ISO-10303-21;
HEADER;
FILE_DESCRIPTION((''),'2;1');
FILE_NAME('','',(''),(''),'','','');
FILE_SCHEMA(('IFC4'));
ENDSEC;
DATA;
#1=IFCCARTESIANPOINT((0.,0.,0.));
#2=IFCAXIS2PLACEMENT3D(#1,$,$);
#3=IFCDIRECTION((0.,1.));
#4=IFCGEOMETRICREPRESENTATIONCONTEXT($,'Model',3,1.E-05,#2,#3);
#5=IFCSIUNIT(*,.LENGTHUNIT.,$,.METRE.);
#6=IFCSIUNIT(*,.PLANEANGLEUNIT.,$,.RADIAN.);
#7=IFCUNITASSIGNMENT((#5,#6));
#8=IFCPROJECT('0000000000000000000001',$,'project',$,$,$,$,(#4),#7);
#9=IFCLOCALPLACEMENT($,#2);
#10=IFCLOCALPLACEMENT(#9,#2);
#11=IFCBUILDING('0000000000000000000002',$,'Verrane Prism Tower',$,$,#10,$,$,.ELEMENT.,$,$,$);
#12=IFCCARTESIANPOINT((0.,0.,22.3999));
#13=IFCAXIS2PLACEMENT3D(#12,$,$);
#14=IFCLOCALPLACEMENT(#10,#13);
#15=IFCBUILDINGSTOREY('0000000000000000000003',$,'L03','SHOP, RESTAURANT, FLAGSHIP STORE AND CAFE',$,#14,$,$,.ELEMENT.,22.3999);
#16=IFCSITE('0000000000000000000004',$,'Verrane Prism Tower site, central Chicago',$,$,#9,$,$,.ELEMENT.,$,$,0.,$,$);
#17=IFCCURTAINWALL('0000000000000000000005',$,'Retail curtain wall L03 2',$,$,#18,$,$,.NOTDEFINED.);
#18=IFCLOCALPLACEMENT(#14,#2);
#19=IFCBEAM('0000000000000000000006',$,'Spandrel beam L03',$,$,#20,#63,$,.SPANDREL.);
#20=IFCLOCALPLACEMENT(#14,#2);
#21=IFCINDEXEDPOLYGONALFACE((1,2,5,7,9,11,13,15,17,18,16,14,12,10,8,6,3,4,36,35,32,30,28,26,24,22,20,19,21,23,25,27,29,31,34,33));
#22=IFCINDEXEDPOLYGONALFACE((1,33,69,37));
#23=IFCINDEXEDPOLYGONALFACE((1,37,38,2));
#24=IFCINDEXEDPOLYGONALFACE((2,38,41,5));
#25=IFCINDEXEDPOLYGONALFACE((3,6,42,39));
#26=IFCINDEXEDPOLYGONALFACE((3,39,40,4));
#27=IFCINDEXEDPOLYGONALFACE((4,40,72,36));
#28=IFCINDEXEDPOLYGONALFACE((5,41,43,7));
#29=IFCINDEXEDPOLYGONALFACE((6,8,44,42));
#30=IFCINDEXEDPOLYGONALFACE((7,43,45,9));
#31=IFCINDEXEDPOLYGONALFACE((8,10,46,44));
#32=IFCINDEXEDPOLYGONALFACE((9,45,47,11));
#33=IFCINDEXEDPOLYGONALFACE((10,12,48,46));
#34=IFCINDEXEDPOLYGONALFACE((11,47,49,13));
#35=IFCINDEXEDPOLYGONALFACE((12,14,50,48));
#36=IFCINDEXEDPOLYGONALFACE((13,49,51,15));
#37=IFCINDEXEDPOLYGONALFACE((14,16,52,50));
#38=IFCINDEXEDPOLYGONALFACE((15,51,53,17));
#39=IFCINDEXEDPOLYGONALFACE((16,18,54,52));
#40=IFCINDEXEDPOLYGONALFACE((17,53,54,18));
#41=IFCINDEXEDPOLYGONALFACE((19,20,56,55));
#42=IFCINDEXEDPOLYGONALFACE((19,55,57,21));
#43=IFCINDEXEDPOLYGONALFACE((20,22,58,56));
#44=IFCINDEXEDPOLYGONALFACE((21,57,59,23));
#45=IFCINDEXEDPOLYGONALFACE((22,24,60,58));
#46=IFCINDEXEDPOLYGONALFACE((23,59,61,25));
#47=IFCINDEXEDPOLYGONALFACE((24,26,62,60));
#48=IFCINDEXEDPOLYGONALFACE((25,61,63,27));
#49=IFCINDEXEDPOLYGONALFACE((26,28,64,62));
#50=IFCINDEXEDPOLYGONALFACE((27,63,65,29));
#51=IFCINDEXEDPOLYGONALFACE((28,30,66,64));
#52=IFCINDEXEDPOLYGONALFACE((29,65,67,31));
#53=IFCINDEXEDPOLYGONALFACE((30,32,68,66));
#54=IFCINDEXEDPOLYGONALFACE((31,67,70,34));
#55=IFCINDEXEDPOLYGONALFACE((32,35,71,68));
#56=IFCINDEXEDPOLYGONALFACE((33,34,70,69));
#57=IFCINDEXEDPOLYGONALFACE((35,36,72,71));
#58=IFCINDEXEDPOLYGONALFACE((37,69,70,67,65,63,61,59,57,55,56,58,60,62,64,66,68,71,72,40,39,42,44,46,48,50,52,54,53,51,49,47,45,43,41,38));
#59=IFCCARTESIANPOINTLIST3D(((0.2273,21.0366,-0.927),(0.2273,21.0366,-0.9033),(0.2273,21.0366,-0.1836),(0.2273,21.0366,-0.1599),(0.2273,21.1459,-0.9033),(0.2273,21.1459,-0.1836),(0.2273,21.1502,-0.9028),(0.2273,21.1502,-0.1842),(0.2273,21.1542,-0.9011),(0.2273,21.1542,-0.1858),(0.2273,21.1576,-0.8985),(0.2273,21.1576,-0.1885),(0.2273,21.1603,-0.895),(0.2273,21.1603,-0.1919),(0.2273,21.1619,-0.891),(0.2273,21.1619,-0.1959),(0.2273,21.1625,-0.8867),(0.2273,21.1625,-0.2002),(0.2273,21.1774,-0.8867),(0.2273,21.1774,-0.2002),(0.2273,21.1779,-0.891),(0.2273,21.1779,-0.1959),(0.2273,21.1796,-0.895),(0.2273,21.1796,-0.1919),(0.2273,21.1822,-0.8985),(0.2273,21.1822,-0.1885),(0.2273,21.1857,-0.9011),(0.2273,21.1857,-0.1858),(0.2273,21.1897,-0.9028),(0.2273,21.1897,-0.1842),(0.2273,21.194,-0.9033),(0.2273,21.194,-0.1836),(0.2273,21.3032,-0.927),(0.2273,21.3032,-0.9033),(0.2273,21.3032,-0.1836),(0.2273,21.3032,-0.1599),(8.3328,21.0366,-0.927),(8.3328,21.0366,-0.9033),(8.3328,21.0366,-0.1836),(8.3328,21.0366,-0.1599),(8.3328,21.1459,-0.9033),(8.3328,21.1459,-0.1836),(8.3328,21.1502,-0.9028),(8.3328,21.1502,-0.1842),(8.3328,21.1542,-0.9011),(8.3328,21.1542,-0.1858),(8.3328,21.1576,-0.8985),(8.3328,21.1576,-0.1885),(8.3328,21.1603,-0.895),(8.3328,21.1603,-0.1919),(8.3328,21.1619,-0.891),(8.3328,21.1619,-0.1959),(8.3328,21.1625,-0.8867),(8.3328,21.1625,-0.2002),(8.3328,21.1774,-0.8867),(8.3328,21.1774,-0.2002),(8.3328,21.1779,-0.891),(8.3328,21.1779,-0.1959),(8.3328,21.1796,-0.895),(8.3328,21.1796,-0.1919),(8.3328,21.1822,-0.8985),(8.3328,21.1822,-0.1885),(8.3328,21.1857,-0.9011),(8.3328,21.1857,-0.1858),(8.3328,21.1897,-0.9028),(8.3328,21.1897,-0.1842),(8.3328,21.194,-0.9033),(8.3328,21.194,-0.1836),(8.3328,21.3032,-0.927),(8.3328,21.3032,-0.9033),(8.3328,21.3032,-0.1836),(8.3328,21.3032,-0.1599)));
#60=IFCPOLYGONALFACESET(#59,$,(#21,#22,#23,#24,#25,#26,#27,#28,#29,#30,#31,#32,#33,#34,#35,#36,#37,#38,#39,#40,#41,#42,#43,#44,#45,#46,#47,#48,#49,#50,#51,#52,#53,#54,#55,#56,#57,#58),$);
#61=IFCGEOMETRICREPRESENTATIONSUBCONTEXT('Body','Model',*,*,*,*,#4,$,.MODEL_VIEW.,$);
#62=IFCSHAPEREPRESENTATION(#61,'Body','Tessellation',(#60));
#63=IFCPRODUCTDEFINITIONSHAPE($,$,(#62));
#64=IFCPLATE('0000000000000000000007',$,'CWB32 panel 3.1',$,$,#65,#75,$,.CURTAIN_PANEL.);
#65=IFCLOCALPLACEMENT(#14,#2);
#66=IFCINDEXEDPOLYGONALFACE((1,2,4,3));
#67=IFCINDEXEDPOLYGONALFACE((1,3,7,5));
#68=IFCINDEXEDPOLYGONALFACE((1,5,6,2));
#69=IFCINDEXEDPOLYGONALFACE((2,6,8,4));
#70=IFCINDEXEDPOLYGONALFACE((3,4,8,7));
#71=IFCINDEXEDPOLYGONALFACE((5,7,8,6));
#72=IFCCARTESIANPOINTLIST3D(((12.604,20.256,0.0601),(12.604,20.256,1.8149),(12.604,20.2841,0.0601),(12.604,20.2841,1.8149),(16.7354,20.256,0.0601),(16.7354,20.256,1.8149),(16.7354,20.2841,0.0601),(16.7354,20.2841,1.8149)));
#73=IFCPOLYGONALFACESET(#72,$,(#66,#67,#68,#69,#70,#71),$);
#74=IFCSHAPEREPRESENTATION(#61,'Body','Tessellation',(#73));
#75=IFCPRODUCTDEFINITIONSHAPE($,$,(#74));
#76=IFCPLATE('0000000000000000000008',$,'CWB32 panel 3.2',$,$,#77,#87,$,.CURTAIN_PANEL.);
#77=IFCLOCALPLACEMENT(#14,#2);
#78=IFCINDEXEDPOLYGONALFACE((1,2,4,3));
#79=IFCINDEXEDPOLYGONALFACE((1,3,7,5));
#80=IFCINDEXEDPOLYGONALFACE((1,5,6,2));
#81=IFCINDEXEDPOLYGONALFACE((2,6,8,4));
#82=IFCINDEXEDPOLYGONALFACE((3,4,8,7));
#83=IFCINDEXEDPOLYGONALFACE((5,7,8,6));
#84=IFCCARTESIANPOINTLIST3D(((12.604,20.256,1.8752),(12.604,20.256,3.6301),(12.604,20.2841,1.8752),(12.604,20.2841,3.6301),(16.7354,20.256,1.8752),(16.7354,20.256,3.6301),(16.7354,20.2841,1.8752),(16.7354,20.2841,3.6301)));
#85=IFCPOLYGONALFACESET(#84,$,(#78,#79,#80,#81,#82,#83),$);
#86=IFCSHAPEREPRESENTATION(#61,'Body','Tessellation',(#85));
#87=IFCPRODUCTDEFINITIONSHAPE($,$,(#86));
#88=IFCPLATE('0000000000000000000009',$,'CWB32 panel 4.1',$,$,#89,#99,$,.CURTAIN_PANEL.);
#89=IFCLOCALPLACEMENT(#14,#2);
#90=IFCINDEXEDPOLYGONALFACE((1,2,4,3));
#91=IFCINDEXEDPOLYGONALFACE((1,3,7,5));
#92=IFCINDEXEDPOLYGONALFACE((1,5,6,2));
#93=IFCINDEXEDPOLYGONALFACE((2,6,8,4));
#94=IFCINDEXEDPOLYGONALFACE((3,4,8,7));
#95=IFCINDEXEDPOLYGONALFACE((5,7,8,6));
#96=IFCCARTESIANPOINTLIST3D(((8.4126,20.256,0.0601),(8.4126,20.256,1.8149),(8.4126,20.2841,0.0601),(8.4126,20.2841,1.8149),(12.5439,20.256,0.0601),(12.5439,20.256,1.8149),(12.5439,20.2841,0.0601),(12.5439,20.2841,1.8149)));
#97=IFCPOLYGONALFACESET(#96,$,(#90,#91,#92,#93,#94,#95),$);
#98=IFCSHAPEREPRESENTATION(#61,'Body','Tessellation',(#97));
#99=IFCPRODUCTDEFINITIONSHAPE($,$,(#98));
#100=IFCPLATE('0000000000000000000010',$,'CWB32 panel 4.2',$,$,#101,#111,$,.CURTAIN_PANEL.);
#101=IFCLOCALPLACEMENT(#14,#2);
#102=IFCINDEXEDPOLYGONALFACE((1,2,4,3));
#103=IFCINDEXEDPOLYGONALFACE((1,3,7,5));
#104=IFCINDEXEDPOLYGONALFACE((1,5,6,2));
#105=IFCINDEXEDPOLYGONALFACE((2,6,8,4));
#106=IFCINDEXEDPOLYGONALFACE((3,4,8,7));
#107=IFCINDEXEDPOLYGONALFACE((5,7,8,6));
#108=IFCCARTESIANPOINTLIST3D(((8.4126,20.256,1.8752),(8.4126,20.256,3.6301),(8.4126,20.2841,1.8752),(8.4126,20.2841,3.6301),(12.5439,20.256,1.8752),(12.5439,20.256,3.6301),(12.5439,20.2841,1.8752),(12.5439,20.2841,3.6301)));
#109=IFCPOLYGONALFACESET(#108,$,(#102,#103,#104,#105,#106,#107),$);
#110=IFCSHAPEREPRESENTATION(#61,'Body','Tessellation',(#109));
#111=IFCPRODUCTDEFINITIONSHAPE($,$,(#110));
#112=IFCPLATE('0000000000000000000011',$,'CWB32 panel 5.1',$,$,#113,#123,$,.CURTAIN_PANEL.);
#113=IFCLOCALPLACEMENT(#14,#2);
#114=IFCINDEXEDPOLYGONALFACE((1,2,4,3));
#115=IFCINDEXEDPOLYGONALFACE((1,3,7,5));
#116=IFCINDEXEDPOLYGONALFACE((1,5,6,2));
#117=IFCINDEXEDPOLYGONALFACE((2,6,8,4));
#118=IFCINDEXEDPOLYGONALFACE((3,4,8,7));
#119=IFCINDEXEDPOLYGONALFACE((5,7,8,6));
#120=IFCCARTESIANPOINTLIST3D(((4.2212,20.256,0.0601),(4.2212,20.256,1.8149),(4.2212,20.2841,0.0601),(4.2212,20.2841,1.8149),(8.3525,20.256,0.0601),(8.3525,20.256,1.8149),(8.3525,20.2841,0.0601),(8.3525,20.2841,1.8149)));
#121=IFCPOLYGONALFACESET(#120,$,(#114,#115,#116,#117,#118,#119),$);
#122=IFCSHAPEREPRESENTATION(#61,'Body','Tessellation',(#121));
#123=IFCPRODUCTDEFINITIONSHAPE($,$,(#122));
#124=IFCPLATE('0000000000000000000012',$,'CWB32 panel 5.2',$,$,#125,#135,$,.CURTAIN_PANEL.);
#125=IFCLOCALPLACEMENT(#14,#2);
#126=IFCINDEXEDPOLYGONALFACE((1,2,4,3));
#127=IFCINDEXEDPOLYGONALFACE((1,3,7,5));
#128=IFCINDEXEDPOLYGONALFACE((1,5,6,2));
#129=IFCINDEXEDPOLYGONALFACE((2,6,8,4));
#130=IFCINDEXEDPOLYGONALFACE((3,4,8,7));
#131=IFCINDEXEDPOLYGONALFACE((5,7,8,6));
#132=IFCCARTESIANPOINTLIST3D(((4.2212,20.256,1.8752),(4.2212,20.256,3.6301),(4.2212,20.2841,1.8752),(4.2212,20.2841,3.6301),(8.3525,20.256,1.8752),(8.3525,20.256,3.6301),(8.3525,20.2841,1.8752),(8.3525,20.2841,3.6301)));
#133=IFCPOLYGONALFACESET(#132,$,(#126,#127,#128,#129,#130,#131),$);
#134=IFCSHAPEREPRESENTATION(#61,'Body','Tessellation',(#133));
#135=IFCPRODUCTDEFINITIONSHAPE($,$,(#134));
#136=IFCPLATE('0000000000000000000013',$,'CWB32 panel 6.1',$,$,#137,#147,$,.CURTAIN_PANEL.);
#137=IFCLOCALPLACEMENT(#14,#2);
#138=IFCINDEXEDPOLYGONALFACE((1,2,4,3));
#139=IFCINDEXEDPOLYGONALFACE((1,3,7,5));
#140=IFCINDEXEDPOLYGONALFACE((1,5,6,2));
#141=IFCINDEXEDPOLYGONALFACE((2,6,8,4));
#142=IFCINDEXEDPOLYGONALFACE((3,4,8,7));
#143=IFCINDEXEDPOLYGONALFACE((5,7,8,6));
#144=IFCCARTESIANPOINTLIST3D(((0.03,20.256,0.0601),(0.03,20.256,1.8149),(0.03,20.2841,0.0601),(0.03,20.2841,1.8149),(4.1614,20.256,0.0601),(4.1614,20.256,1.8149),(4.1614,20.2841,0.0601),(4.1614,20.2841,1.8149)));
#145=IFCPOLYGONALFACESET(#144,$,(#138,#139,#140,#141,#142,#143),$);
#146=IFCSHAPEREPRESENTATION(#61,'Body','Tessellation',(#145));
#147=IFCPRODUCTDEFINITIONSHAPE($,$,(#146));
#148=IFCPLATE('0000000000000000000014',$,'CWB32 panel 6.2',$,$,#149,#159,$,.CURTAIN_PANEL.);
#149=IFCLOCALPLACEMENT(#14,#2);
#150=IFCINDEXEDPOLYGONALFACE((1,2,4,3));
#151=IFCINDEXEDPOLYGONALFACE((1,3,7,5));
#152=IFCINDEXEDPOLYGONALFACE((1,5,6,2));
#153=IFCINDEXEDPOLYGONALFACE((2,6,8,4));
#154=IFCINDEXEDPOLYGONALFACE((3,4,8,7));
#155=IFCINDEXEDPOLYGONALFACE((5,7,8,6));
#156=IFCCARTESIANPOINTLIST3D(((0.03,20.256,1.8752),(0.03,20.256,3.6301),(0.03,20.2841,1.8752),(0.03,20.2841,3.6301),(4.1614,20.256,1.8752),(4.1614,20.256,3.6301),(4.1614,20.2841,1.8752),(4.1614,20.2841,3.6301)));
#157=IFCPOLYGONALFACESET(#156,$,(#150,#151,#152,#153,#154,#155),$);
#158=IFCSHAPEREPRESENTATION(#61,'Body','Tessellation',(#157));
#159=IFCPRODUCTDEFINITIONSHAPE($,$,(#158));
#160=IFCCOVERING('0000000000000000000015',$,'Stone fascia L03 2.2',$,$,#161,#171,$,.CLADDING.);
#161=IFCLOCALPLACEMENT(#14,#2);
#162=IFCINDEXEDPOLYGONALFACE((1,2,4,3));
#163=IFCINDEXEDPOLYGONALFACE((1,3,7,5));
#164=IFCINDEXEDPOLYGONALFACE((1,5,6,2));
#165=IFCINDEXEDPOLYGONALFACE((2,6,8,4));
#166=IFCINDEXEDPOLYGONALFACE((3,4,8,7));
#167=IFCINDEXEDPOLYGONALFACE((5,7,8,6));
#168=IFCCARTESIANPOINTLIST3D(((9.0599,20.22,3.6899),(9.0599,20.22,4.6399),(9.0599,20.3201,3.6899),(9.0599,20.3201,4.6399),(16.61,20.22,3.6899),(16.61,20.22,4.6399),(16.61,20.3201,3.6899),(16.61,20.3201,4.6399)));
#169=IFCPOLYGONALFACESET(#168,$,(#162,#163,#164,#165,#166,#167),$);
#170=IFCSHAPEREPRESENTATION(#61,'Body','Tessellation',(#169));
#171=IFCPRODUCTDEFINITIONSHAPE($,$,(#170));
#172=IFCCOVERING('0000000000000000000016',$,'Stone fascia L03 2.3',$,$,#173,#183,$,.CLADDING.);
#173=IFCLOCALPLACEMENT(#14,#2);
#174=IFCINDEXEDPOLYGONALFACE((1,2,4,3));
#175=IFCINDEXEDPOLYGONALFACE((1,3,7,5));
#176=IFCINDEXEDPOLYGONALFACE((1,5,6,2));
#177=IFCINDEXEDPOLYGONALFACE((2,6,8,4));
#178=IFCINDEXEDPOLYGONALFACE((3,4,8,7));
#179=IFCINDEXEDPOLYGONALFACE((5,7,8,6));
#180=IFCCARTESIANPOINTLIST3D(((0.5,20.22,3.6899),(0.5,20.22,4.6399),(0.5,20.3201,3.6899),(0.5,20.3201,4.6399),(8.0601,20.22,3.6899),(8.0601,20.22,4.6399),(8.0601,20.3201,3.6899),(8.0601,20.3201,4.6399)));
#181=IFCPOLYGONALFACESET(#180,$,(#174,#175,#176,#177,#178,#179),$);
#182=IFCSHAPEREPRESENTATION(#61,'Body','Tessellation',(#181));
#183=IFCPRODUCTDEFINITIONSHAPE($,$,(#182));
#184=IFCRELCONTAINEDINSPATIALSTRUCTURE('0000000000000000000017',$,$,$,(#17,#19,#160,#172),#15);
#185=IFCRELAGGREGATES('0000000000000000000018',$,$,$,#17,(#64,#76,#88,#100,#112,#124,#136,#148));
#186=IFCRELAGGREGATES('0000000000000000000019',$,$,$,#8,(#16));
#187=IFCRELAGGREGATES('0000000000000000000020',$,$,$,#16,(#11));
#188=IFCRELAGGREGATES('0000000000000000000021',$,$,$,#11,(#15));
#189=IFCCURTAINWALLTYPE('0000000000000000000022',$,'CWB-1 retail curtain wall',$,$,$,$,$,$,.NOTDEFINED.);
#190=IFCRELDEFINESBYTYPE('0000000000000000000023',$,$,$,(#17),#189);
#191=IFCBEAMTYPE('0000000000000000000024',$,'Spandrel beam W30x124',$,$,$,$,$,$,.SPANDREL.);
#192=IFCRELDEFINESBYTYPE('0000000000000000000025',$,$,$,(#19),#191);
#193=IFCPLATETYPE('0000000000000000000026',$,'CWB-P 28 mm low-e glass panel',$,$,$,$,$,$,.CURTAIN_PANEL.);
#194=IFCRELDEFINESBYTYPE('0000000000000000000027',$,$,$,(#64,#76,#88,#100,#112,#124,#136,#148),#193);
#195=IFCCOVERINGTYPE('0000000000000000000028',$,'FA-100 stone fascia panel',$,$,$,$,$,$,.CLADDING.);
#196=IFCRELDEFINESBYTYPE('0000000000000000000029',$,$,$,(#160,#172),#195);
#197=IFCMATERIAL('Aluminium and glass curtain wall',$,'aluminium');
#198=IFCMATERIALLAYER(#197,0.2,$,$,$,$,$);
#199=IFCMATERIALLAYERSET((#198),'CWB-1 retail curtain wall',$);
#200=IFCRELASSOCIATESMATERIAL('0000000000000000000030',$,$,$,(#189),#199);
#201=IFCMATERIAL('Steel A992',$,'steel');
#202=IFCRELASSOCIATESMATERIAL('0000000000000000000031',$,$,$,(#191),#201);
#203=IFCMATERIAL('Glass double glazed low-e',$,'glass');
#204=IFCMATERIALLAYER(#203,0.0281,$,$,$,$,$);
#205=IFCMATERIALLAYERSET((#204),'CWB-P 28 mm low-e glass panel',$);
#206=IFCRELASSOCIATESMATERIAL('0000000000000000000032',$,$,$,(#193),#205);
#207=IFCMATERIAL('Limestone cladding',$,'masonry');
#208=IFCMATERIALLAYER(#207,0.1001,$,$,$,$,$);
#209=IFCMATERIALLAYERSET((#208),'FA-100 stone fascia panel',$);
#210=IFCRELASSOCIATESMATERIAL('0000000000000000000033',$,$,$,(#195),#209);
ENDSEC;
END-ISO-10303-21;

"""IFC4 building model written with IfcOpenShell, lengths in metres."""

from ifc_helpers import new_model, si_unit, direction, frame, origin, origin_2d, place, context, subcontext, project, spatial, rectangle, i_section, extrude, material, layer, layer_set, material_profile, profile_set, type_object, element, aggregate, save


model = new_model("IFC4")

# Units and contexts
model_context = context("Model", 3, precision=1e-05, world=origin(), true_north=direction((0.0, 1.0)))
body_context = subcontext(model_context, "Body", "Model", "MODEL_VIEW")
ifc_project = project(units=[si_unit("LENGTHUNIT", "METRE"), si_unit("PLANEANGLEUNIT", "RADIAN")], contexts=[model_context])

# Site, building, storey
site_placement = place(None, origin())
site = spatial("IfcSite", under=ifc_project, at=site_placement, Name="Verrane Prism Tower site, central Chicago", CompositionType="ELEMENT", RefElevation=0.0)
building_placement = place(site_placement, origin())
building = spatial("IfcBuilding", under=site, at=building_placement, Name="Verrane Prism Tower", CompositionType="ELEMENT")
storey_placement = place(building_placement, frame((0.0, 0.0, 22.3999)))
storey = spatial("IfcBuildingStorey", under=building, at=storey_placement, Name="L03", Description="SHOP, RESTAURANT, FLAGSHIP STORE AND CAFE", CompositionType="ELEMENT", Elevation=22.3999)

# Curtain wall
ifc_material_1 = material(Name="Aluminium and glass curtain wall", Category="aluminium")
ifc_layer_1 = layer(ifc_material_1, 0.2)
ifc_layer_set_1 = layer_set([ifc_layer_1], Name="CWB-1 retail curtain wall")
curtain_wall_type = type_object("IfcCurtainWallType", Name="CWB-1 retail curtain wall", PredefinedType="NOTDEFINED", material=ifc_layer_set_1)
curtain_wall_placement = place(storey_placement, origin())
curtain_wall = element("IfcCurtainWall", 1, at=curtain_wall_placement, inside=storey, type_object=curtain_wall_type, Name="Retail curtain wall L03 2", PredefinedType="NOTDEFINED")

# Beam
ifc_material_2 = material(Name="Steel A992", Category="steel")
ifc_material_profile_1 = material_profile(ifc_material_2, i_section(OverallWidth=0.2666, OverallDepth=0.7671, WebThickness=0.0149, FlangeThickness=0.0237, FilletRadius=0.0166, at=origin_2d()), Name="W30x124")
ifc_profile_set_1 = profile_set([ifc_material_profile_1], Name="Steel A992")
beam_type_1 = type_object("IfcBeamType", Name="Spandrel beam W30x124", PredefinedType="SPANDREL", material=ifc_profile_set_1)
beam_1_placement = place(storey_placement, frame((8.3328, 21.1699, -0.5435), z_axis=(-1.0, 0.0, 0.0), x_axis=(0.0, -1.0, 0.0)))
element("IfcBeam", 2, at=beam_1_placement, inside=storey, type_object=beam_type_1, Name="Spandrel beam L03", PredefinedType="SPANDREL", context=body_context, shape_type="SweptSolid", body=[
    extrude(i_section(OverallWidth=0.2666, OverallDepth=0.7671, WebThickness=0.0149, FlangeThickness=0.0237, FilletRadius=0.0166, at=origin_2d()), origin(), (0.0, 0.0, 1.0), 8.1055),
])

# Plates
ifc_material_3 = material(Name="Glass double glazed low-e", Category="glass")
ifc_layer_2 = layer(ifc_material_3, 0.0281)
ifc_layer_set_2 = layer_set([ifc_layer_2], Name="CWB-P 28 mm low-e glass panel")
plate_type = type_object("IfcPlateType", Name="CWB-P 28 mm low-e glass panel", PredefinedType="CURTAIN_PANEL", material=ifc_layer_set_2)
plate_1_placement = place(storey_placement, frame((14.6697, 20.27, 0.0601), z_axis=(0.0, 0.0, 1.0), x_axis=(-1.0, 0.0, 0.0)))
plate_1 = element("IfcPlate", 3, at=plate_1_placement, type_object=plate_type, Name="CWB32 panel 3.1", PredefinedType="CURTAIN_PANEL", context=body_context, shape_type="SweptSolid", body=[
    extrude(rectangle(XDim=4.1313, YDim=0.0281, at=origin_2d()), origin(), (0.0, 0.0, 1.0), 1.7549),
])
plate_2_placement = place(storey_placement, frame((14.6697, 20.27, 1.8752), z_axis=(0.0, 0.0, 1.0), x_axis=(-1.0, 0.0, 0.0)))
plate_2 = element("IfcPlate", 4, at=plate_2_placement, type_object=plate_type, Name="CWB32 panel 3.2", PredefinedType="CURTAIN_PANEL", context=body_context, shape_type="SweptSolid", body=[
    extrude(rectangle(XDim=4.1313, YDim=0.0281, at=origin_2d()), origin(), (0.0, 0.0, 1.0), 1.7549),
])
plate_3_placement = place(storey_placement, frame((10.4783, 20.27, 0.0601), z_axis=(0.0, 0.0, 1.0), x_axis=(-1.0, 0.0, 0.0)))
plate_3 = element("IfcPlate", 5, at=plate_3_placement, type_object=plate_type, Name="CWB32 panel 4.1", PredefinedType="CURTAIN_PANEL", context=body_context, shape_type="SweptSolid", body=[
    extrude(rectangle(XDim=4.1313, YDim=0.0281, at=origin_2d()), origin(), (0.0, 0.0, 1.0), 1.7549),
])
plate_4_placement = place(storey_placement, frame((10.4783, 20.27, 1.8752), z_axis=(0.0, 0.0, 1.0), x_axis=(-1.0, 0.0, 0.0)))
plate_4 = element("IfcPlate", 6, at=plate_4_placement, type_object=plate_type, Name="CWB32 panel 4.2", PredefinedType="CURTAIN_PANEL", context=body_context, shape_type="SweptSolid", body=[
    extrude(rectangle(XDim=4.1313, YDim=0.0281, at=origin_2d()), origin(), (0.0, 0.0, 1.0), 1.7549),
])
plate_5_placement = place(storey_placement, frame((6.2869, 20.27, 0.0601), z_axis=(0.0, 0.0, 1.0), x_axis=(-1.0, 0.0, 0.0)))
plate_5 = element("IfcPlate", 7, at=plate_5_placement, type_object=plate_type, Name="CWB32 panel 5.1", PredefinedType="CURTAIN_PANEL", context=body_context, shape_type="SweptSolid", body=[
    extrude(rectangle(XDim=4.1313, YDim=0.0281, at=origin_2d()), origin(), (0.0, 0.0, 1.0), 1.7549),
])
plate_6_placement = place(storey_placement, frame((6.2869, 20.27, 1.8752), z_axis=(0.0, 0.0, 1.0), x_axis=(-1.0, 0.0, 0.0)))
plate_6 = element("IfcPlate", 8, at=plate_6_placement, type_object=plate_type, Name="CWB32 panel 5.2", PredefinedType="CURTAIN_PANEL", context=body_context, shape_type="SweptSolid", body=[
    extrude(rectangle(XDim=4.1313, YDim=0.0281, at=origin_2d()), origin(), (0.0, 0.0, 1.0), 1.7549),
])
plate_7_placement = place(storey_placement, frame((2.0957, 20.27, 0.0601), z_axis=(0.0, 0.0, 1.0), x_axis=(-1.0, 0.0, 0.0)))
plate_7 = element("IfcPlate", 9, at=plate_7_placement, type_object=plate_type, Name="CWB32 panel 6.1", PredefinedType="CURTAIN_PANEL", context=body_context, shape_type="SweptSolid", body=[
    extrude(rectangle(XDim=4.1313, YDim=0.0281, at=origin_2d()), origin(), (0.0, 0.0, 1.0), 1.7549),
])
plate_8_placement = place(storey_placement, frame((2.0957, 20.27, 1.8752), z_axis=(0.0, 0.0, 1.0), x_axis=(-1.0, 0.0, 0.0)))
plate_8 = element("IfcPlate", 10, at=plate_8_placement, type_object=plate_type, Name="CWB32 panel 6.2", PredefinedType="CURTAIN_PANEL", context=body_context, shape_type="SweptSolid", body=[
    extrude(rectangle(XDim=4.1313, YDim=0.0281, at=origin_2d()), origin(), (0.0, 0.0, 1.0), 1.7549),
])
aggregate(curtain_wall, [plate_1, plate_2, plate_3, plate_4, plate_5, plate_6, plate_7, plate_8])

# Coverings
ifc_material_4 = material(Name="Limestone cladding", Category="masonry")
ifc_layer_3 = layer(ifc_material_4, 0.1001)
ifc_layer_set_3 = layer_set([ifc_layer_3], Name="FA-100 stone fascia panel")
covering_type = type_object("IfcCoveringType", Name="FA-100 stone fascia panel", PredefinedType="CLADDING", material=ifc_layer_set_3)
covering_1_placement = place(storey_placement, frame((12.835, 20.27, 3.6899), z_axis=(0.0, 0.0, 1.0), x_axis=(-1.0, 0.0, 0.0)))
element("IfcCovering", 11, at=covering_1_placement, inside=storey, type_object=covering_type, Name="Stone fascia L03 2.2", PredefinedType="CLADDING", context=body_context, shape_type="SweptSolid", body=[
    extrude(rectangle(XDim=7.55, YDim=0.1001, at=origin_2d()), origin(), (0.0, 0.0, 1.0), 0.95),
])
covering_2_placement = place(storey_placement, frame((4.28, 20.27, 3.6899), z_axis=(0.0, 0.0, 1.0), x_axis=(-1.0, 0.0, 0.0)))
element("IfcCovering", 12, at=covering_2_placement, inside=storey, type_object=covering_type, Name="Stone fascia L03 2.3", PredefinedType="CLADDING", context=body_context, shape_type="SweptSolid", body=[
    extrude(rectangle(XDim=7.5601, YDim=0.1001, at=origin_2d()), origin(), (0.0, 0.0, 1.0), 0.95),
])

save(model, "model.ifc")
